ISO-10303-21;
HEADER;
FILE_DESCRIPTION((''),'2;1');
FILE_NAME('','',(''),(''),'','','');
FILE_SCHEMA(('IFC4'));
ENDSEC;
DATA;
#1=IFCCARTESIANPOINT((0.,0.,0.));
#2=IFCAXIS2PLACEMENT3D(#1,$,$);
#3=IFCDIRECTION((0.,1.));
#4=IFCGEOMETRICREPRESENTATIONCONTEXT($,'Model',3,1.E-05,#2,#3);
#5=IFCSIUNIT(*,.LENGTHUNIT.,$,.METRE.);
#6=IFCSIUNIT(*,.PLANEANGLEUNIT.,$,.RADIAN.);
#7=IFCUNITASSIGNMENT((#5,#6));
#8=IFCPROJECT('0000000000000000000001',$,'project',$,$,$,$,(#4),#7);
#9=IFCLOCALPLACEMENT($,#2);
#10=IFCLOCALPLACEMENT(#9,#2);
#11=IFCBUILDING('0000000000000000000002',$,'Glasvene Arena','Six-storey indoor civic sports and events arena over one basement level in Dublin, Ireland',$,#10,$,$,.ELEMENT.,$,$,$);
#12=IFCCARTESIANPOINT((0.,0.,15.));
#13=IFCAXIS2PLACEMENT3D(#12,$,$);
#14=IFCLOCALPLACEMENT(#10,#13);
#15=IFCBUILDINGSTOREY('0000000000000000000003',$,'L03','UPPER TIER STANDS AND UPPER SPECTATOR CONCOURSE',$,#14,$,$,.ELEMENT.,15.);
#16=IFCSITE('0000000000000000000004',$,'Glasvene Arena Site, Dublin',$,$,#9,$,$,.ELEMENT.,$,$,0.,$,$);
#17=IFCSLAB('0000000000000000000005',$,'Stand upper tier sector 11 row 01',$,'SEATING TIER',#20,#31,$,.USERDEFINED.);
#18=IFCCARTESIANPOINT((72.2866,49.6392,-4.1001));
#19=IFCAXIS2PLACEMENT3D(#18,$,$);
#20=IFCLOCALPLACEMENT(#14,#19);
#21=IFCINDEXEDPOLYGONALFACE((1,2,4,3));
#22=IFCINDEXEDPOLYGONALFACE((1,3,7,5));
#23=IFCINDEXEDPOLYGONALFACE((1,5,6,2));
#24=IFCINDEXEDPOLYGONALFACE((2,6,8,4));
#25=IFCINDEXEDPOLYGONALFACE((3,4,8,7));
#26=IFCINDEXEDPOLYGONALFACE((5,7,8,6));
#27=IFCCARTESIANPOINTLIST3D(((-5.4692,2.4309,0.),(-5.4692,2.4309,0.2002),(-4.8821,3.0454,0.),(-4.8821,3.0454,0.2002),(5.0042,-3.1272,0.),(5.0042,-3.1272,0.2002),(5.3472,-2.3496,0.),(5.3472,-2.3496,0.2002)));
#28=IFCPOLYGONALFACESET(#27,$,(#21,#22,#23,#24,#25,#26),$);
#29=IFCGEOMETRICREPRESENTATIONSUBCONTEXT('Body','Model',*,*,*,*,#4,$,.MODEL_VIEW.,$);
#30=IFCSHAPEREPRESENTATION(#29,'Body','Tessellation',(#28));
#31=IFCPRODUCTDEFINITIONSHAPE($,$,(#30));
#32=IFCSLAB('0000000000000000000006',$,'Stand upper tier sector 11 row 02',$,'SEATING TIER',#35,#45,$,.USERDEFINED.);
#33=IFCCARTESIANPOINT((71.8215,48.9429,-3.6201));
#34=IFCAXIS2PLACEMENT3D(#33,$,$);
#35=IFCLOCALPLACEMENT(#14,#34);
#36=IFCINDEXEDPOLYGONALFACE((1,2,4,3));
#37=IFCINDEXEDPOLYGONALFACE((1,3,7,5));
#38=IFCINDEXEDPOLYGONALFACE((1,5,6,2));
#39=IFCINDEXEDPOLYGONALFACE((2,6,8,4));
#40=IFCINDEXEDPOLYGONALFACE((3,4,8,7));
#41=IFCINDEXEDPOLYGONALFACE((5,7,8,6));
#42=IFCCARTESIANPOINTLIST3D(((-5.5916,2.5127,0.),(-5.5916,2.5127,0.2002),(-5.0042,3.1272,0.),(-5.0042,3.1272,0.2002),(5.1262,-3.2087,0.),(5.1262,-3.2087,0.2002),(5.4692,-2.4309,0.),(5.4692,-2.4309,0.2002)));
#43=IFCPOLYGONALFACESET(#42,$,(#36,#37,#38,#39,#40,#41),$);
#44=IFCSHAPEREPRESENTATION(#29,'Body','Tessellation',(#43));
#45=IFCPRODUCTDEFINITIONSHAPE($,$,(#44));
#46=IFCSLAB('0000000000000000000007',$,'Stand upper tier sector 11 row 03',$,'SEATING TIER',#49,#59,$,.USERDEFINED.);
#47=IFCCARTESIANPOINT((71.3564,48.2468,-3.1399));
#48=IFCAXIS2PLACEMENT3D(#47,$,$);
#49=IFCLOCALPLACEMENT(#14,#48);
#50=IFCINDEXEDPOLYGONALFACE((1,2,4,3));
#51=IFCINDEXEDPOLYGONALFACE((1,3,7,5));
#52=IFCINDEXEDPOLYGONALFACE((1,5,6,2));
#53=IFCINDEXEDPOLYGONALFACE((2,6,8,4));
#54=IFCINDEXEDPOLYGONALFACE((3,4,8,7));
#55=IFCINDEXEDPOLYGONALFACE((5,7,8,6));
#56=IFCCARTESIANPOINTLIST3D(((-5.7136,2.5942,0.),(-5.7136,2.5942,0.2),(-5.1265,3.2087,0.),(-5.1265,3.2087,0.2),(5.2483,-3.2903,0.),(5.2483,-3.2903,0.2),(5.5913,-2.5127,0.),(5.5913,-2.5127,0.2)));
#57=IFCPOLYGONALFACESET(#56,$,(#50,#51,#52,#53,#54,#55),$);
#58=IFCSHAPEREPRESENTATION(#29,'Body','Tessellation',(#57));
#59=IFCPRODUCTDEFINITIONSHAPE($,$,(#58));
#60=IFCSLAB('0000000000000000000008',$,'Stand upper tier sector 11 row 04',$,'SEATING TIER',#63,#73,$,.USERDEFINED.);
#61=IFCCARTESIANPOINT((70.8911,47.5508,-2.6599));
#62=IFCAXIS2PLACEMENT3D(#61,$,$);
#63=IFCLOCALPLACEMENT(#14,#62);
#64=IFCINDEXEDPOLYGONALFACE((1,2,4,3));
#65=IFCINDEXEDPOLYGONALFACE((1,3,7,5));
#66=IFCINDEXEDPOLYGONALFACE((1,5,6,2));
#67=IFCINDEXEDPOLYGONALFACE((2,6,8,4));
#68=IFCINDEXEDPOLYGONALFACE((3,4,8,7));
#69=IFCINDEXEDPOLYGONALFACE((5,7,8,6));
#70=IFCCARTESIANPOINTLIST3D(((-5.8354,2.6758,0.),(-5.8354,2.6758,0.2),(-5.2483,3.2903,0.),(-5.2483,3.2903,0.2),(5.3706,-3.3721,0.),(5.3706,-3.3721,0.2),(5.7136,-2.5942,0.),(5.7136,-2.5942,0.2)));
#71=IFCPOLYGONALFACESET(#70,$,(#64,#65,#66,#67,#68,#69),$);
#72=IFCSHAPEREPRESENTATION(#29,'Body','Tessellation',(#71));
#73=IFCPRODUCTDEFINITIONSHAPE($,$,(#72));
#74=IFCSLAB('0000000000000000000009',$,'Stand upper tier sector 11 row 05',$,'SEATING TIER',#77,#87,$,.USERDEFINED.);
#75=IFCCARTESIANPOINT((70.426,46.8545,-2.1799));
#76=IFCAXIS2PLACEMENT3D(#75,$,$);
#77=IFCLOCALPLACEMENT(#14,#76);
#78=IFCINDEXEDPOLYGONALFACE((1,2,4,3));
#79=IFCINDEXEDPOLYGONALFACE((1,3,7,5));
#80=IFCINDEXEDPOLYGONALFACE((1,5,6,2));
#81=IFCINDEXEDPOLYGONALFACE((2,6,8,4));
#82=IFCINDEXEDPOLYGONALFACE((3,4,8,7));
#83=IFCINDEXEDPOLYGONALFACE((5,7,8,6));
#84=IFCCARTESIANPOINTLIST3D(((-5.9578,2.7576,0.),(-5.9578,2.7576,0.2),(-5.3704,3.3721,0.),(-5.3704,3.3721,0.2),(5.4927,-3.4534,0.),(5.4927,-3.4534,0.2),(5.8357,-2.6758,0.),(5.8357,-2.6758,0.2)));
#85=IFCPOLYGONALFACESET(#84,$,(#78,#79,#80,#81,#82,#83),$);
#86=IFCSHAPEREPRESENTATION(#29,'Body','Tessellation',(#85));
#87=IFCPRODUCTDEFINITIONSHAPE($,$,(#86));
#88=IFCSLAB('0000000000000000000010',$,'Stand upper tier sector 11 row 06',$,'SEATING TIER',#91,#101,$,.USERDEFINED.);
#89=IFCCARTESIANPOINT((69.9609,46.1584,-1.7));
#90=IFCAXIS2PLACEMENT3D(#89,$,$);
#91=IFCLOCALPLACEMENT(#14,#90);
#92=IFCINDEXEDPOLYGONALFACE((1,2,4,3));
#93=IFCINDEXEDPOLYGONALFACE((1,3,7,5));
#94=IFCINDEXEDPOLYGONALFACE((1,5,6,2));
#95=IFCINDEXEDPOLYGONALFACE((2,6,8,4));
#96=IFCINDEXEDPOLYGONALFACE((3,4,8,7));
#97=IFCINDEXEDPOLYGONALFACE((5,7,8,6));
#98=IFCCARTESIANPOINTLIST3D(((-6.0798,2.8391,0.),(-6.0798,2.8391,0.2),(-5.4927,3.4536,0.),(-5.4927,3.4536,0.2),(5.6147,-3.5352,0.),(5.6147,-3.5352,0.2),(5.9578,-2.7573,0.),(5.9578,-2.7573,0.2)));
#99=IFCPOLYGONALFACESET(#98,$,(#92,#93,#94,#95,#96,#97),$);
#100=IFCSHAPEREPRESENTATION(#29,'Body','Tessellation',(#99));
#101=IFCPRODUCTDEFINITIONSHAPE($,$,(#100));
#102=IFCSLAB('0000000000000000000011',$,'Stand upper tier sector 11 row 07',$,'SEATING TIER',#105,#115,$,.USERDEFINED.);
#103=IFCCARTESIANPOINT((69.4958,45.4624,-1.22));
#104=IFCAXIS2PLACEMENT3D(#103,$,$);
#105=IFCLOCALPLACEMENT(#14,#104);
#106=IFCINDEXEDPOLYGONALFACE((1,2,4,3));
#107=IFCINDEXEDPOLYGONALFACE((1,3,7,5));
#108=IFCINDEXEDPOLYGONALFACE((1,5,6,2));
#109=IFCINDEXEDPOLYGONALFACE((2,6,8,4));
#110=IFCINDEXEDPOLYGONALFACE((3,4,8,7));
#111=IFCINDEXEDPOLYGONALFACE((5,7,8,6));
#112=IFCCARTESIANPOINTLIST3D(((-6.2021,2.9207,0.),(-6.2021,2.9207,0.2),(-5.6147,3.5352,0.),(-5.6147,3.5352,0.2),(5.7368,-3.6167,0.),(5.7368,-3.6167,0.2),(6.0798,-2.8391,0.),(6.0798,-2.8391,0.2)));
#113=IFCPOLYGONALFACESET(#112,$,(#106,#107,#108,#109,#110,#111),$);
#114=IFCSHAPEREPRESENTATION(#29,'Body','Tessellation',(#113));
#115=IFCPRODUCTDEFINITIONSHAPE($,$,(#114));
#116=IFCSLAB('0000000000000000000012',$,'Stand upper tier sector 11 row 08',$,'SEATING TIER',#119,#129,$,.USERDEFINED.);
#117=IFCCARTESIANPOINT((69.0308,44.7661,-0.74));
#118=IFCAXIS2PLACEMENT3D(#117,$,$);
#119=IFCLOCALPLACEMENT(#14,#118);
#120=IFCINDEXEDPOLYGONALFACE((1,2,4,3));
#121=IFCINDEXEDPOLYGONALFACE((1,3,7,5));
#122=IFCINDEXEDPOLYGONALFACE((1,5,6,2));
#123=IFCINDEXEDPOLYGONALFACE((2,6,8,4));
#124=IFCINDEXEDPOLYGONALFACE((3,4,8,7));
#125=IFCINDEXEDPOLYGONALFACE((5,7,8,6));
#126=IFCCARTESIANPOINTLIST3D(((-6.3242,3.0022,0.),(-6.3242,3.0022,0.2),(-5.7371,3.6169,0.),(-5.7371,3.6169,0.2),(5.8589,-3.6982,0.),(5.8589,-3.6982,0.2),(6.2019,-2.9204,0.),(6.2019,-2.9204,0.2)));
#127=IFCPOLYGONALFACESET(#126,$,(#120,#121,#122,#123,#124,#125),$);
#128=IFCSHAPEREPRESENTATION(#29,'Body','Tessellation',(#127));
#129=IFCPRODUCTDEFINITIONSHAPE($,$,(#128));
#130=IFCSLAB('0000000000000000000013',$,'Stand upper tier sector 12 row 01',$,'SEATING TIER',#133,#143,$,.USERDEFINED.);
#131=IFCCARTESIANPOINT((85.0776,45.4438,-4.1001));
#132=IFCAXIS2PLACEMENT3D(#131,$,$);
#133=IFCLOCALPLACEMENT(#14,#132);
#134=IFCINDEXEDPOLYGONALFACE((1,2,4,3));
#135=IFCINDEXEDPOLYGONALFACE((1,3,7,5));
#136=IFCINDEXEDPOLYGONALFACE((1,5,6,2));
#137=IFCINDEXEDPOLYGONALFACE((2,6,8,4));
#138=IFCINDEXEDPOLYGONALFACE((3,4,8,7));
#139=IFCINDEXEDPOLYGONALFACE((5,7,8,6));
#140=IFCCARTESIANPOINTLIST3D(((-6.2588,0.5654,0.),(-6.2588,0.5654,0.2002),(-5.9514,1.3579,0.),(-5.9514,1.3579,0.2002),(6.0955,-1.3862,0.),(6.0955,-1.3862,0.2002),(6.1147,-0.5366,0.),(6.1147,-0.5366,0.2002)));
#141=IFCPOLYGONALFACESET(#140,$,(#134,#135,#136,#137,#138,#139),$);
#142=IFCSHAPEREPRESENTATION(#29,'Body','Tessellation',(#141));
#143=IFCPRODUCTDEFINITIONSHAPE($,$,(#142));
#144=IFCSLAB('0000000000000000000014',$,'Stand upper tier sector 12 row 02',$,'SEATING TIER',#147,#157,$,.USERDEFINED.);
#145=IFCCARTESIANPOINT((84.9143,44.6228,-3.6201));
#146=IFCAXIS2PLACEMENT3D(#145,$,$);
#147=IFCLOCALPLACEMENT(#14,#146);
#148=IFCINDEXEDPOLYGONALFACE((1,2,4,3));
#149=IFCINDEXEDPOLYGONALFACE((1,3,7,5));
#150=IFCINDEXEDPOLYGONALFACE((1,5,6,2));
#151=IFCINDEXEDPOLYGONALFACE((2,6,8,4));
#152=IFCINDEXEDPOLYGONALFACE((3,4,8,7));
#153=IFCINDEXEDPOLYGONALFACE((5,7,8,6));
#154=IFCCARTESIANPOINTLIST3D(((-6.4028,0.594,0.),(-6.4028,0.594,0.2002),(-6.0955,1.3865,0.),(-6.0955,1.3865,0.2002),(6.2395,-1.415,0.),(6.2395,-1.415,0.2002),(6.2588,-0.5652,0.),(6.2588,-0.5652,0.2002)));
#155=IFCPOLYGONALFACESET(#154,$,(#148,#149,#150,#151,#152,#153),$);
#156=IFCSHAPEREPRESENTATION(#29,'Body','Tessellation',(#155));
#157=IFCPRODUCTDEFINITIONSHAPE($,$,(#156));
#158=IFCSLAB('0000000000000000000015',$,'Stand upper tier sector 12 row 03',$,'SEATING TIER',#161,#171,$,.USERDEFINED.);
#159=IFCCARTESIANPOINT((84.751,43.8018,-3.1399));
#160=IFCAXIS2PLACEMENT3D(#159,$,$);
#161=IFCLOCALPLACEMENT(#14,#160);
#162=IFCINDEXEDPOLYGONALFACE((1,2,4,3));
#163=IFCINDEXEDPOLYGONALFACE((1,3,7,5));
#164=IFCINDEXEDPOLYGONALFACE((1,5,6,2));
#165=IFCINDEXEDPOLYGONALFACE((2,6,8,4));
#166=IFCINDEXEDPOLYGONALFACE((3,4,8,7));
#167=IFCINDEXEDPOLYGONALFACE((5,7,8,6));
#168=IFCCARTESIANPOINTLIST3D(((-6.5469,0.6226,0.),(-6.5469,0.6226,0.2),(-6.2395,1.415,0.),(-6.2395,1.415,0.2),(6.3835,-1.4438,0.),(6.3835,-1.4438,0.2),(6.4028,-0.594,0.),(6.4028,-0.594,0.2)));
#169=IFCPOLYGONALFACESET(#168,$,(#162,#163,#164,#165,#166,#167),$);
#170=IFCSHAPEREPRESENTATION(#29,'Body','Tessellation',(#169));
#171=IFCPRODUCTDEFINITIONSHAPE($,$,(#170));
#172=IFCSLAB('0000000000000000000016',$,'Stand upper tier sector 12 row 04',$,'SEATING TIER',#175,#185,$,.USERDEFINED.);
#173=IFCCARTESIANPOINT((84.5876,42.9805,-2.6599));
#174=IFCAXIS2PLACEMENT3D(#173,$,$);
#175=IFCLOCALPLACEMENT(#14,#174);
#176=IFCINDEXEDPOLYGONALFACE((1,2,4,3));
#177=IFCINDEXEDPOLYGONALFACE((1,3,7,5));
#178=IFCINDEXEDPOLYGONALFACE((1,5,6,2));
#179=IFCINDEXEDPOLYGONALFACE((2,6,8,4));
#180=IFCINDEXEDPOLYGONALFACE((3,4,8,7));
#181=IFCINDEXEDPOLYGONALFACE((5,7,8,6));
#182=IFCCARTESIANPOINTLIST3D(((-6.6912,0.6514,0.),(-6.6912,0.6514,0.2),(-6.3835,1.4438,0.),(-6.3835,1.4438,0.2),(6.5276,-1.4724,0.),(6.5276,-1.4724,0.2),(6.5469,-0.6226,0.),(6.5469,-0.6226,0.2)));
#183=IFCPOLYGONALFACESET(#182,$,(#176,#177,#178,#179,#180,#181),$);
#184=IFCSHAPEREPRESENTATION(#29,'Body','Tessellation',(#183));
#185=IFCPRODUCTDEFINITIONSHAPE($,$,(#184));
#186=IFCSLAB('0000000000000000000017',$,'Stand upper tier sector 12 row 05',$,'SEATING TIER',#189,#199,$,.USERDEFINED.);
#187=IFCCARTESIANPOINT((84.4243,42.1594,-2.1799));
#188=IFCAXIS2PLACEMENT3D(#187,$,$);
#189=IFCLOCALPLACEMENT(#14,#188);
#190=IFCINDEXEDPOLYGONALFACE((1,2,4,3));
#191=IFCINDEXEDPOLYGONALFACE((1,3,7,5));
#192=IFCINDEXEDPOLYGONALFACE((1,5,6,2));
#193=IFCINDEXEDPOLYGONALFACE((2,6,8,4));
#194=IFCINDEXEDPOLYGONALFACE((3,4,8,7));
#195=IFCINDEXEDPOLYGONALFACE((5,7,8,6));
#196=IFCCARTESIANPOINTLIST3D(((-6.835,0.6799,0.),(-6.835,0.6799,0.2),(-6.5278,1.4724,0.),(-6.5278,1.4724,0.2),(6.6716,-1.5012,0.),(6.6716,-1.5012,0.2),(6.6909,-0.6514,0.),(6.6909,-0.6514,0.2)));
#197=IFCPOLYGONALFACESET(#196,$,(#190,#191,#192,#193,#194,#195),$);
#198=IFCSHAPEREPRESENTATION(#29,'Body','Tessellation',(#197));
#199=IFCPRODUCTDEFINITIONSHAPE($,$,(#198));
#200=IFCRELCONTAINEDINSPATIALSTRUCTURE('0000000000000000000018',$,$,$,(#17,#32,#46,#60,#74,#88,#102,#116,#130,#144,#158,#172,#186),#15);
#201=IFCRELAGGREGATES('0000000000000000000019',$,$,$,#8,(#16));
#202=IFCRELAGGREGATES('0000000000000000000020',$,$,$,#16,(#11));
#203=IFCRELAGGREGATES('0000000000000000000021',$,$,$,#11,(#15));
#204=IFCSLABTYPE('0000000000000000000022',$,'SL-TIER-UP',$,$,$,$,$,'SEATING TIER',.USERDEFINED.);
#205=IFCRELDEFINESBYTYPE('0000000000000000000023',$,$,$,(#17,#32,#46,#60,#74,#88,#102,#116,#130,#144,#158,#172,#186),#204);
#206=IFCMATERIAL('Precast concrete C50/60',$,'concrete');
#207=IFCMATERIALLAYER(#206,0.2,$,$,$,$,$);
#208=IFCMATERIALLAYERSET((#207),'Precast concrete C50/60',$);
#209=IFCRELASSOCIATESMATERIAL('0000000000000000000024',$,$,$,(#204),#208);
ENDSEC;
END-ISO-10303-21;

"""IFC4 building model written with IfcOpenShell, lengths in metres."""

from ifc_helpers import new_model, si_unit, direction, frame, origin, place, context, subcontext, project, spatial, polyline, outline, extrude, material, layer, layer_set, type_object, element, save


model = new_model("IFC4")

# Units and contexts
model_context = context("Model", 3, precision=1e-05, world=origin(), true_north=direction((0.0, 1.0)))
body_context = subcontext(model_context, "Body", "Model", "MODEL_VIEW")
ifc_project = project(units=[si_unit("LENGTHUNIT", "METRE"), si_unit("PLANEANGLEUNIT", "RADIAN")], contexts=[model_context])

# Site, building, storey
site_placement = place(None, origin())
site = spatial("IfcSite", under=ifc_project, at=site_placement, Name="Glasvene Arena Site, Dublin", CompositionType="ELEMENT", RefElevation=0.0)
building_placement = place(site_placement, origin())
building = spatial("IfcBuilding", under=site, at=building_placement, Name="Glasvene Arena", Description="Six-storey indoor civic sports and events arena over one basement level in Dublin, Ireland", CompositionType="ELEMENT")
storey_placement = place(building_placement, frame((0.0, 0.0, 15.0)))
storey = spatial("IfcBuildingStorey", under=building, at=storey_placement, Name="L03", Description="UPPER TIER STANDS AND UPPER SPECTATOR CONCOURSE", CompositionType="ELEMENT", Elevation=15.0)

# Shared definitions
ifc_material_1 = material(Name="Precast concrete C50/60", Category="concrete")

# Slabs
ifc_layer = layer(ifc_material_1, 0.2)
ifc_layer_set = layer_set([ifc_layer], Name="Precast concrete C50/60")
slab_type = type_object("IfcSlabType", Name="SL-TIER-UP", ElementType="SEATING TIER", PredefinedType="USERDEFINED", material=ifc_layer_set)
slab_1_placement = place(storey_placement, frame((72.2866, 49.6392, -4.1001)))
element("IfcSlab", 1, at=slab_1_placement, inside=storey, type_object=slab_type, Name="Stand upper tier sector 11 row 01", ObjectType="SEATING TIER", PredefinedType="USERDEFINED", context=body_context, shape_type="SweptSolid", body=[
    extrude(outline(polyline([(-4.8821, 3.0454), (5.3472, -2.3496), (5.0042, -3.1272), (-5.4692, 2.4309), (-4.8821, 3.0454)])), origin(), (0.0, 0.0, 1.0), 0.2002),
])
slab_2_placement = place(storey_placement, frame((71.8215, 48.9429, -3.6201)))
element("IfcSlab", 2, at=slab_2_placement, inside=storey, type_object=slab_type, Name="Stand upper tier sector 11 row 02", ObjectType="SEATING TIER", PredefinedType="USERDEFINED", context=body_context, shape_type="SweptSolid", body=[
    extrude(outline(polyline([(-5.0042, 3.1272), (5.4692, -2.4309), (5.1262, -3.2087), (-5.5916, 2.5127), (-5.0042, 3.1272)])), origin(), (0.0, 0.0, 1.0), 0.2002),
])
slab_3_placement = place(storey_placement, frame((71.3564, 48.2468, -3.1399)))
element("IfcSlab", 3, at=slab_3_placement, inside=storey, type_object=slab_type, Name="Stand upper tier sector 11 row 03", ObjectType="SEATING TIER", PredefinedType="USERDEFINED", context=body_context, shape_type="SweptSolid", body=[
    extrude(outline(polyline([(-5.1265, 3.2087), (5.5913, -2.5127), (5.2483, -3.2903), (-5.7136, 2.5942), (-5.1265, 3.2087)])), origin(), (0.0, 0.0, 1.0), 0.2),
])
slab_4_placement = place(storey_placement, frame((70.8911, 47.5508, -2.6599)))
element("IfcSlab", 4, at=slab_4_placement, inside=storey, type_object=slab_type, Name="Stand upper tier sector 11 row 04", ObjectType="SEATING TIER", PredefinedType="USERDEFINED", context=body_context, shape_type="SweptSolid", body=[
    extrude(outline(polyline([(-5.2483, 3.2903), (5.7136, -2.5942), (5.3706, -3.3721), (-5.8354, 2.6758), (-5.2483, 3.2903)])), origin(), (0.0, 0.0, 1.0), 0.2),
])
slab_5_placement = place(storey_placement, frame((70.426, 46.8545, -2.1799)))
element("IfcSlab", 5, at=slab_5_placement, inside=storey, type_object=slab_type, Name="Stand upper tier sector 11 row 05", ObjectType="SEATING TIER", PredefinedType="USERDEFINED", context=body_context, shape_type="SweptSolid", body=[
    extrude(outline(polyline([(-5.3704, 3.3721), (5.8357, -2.6758), (5.4927, -3.4534), (-5.9578, 2.7576), (-5.3704, 3.3721)])), origin(), (0.0, 0.0, 1.0), 0.2),
])
slab_6_placement = place(storey_placement, frame((69.9609, 46.1584, -1.7)))
element("IfcSlab", 6, at=slab_6_placement, inside=storey, type_object=slab_type, Name="Stand upper tier sector 11 row 06", ObjectType="SEATING TIER", PredefinedType="USERDEFINED", context=body_context, shape_type="SweptSolid", body=[
    extrude(outline(polyline([(-5.4927, 3.4536), (5.9578, -2.7573), (5.6147, -3.5352), (-6.0798, 2.8391), (-5.4927, 3.4536)])), origin(), (0.0, 0.0, 1.0), 0.2),
])
slab_7_placement = place(storey_placement, frame((69.4958, 45.4624, -1.22)))
element("IfcSlab", 7, at=slab_7_placement, inside=storey, type_object=slab_type, Name="Stand upper tier sector 11 row 07", ObjectType="SEATING TIER", PredefinedType="USERDEFINED", context=body_context, shape_type="SweptSolid", body=[
    extrude(outline(polyline([(-5.6147, 3.5352), (6.0798, -2.8391), (5.7368, -3.6167), (-6.2021, 2.9207), (-5.6147, 3.5352)])), origin(), (0.0, 0.0, 1.0), 0.2),
])
slab_8_placement = place(storey_placement, frame((69.0308, 44.7661, -0.74)))
element("IfcSlab", 8, at=slab_8_placement, inside=storey, type_object=slab_type, Name="Stand upper tier sector 11 row 08", ObjectType="SEATING TIER", PredefinedType="USERDEFINED", context=body_context, shape_type="SweptSolid", body=[
    extrude(outline(polyline([(-5.7371, 3.6169), (6.2019, -2.9204), (5.8589, -3.6982), (-6.3242, 3.0022), (-5.7371, 3.6169)])), origin(), (0.0, 0.0, 1.0), 0.2),
])
slab_9_placement = place(storey_placement, frame((85.0776, 45.4438, -4.1001)))
element("IfcSlab", 9, at=slab_9_placement, inside=storey, type_object=slab_type, Name="Stand upper tier sector 12 row 01", ObjectType="SEATING TIER", PredefinedType="USERDEFINED", context=body_context, shape_type="SweptSolid", body=[
    extrude(outline(polyline([(-5.9514, 1.3579), (6.1147, -0.5366), (6.0955, -1.3862), (-6.2588, 0.5654), (-5.9514, 1.3579)])), origin(), (0.0, 0.0, 1.0), 0.2002),
])
slab_10_placement = place(storey_placement, frame((84.9143, 44.6228, -3.6201)))
element("IfcSlab", 10, at=slab_10_placement, inside=storey, type_object=slab_type, Name="Stand upper tier sector 12 row 02", ObjectType="SEATING TIER", PredefinedType="USERDEFINED", context=body_context, shape_type="SweptSolid", body=[
    extrude(outline(polyline([(-6.0955, 1.3865), (6.2588, -0.5652), (6.2395, -1.415), (-6.4028, 0.594), (-6.0955, 1.3865)])), origin(), (0.0, 0.0, 1.0), 0.2002),
])
slab_11_placement = place(storey_placement, frame((84.751, 43.8018, -3.1399)))
element("IfcSlab", 11, at=slab_11_placement, inside=storey, type_object=slab_type, Name="Stand upper tier sector 12 row 03", ObjectType="SEATING TIER", PredefinedType="USERDEFINED", context=body_context, shape_type="SweptSolid", body=[
    extrude(outline(polyline([(-6.2395, 1.415), (6.4028, -0.594), (6.3835, -1.4438), (-6.5469, 0.6226), (-6.2395, 1.415)])), origin(), (0.0, 0.0, 1.0), 0.2),
])
slab_12_placement = place(storey_placement, frame((84.5876, 42.9805, -2.6599)))
element("IfcSlab", 12, at=slab_12_placement, inside=storey, type_object=slab_type, Name="Stand upper tier sector 12 row 04", ObjectType="SEATING TIER", PredefinedType="USERDEFINED", context=body_context, shape_type="SweptSolid", body=[
    extrude(outline(polyline([(-6.3835, 1.4438), (6.5469, -0.6226), (6.5276, -1.4724), (-6.6912, 0.6514), (-6.3835, 1.4438)])), origin(), (0.0, 0.0, 1.0), 0.2),
])
slab_13_placement = place(storey_placement, frame((84.4243, 42.1594, -2.1799)))
element("IfcSlab", 13, at=slab_13_placement, inside=storey, type_object=slab_type, Name="Stand upper tier sector 12 row 05", ObjectType="SEATING TIER", PredefinedType="USERDEFINED", context=body_context, shape_type="SweptSolid", body=[
    extrude(outline(polyline([(-6.5278, 1.4724), (6.6909, -0.6514), (6.6716, -1.5012), (-6.835, 0.6799), (-6.5278, 1.4724)])), origin(), (0.0, 0.0, 1.0), 0.2),
])

save(model, "model.ifc")
